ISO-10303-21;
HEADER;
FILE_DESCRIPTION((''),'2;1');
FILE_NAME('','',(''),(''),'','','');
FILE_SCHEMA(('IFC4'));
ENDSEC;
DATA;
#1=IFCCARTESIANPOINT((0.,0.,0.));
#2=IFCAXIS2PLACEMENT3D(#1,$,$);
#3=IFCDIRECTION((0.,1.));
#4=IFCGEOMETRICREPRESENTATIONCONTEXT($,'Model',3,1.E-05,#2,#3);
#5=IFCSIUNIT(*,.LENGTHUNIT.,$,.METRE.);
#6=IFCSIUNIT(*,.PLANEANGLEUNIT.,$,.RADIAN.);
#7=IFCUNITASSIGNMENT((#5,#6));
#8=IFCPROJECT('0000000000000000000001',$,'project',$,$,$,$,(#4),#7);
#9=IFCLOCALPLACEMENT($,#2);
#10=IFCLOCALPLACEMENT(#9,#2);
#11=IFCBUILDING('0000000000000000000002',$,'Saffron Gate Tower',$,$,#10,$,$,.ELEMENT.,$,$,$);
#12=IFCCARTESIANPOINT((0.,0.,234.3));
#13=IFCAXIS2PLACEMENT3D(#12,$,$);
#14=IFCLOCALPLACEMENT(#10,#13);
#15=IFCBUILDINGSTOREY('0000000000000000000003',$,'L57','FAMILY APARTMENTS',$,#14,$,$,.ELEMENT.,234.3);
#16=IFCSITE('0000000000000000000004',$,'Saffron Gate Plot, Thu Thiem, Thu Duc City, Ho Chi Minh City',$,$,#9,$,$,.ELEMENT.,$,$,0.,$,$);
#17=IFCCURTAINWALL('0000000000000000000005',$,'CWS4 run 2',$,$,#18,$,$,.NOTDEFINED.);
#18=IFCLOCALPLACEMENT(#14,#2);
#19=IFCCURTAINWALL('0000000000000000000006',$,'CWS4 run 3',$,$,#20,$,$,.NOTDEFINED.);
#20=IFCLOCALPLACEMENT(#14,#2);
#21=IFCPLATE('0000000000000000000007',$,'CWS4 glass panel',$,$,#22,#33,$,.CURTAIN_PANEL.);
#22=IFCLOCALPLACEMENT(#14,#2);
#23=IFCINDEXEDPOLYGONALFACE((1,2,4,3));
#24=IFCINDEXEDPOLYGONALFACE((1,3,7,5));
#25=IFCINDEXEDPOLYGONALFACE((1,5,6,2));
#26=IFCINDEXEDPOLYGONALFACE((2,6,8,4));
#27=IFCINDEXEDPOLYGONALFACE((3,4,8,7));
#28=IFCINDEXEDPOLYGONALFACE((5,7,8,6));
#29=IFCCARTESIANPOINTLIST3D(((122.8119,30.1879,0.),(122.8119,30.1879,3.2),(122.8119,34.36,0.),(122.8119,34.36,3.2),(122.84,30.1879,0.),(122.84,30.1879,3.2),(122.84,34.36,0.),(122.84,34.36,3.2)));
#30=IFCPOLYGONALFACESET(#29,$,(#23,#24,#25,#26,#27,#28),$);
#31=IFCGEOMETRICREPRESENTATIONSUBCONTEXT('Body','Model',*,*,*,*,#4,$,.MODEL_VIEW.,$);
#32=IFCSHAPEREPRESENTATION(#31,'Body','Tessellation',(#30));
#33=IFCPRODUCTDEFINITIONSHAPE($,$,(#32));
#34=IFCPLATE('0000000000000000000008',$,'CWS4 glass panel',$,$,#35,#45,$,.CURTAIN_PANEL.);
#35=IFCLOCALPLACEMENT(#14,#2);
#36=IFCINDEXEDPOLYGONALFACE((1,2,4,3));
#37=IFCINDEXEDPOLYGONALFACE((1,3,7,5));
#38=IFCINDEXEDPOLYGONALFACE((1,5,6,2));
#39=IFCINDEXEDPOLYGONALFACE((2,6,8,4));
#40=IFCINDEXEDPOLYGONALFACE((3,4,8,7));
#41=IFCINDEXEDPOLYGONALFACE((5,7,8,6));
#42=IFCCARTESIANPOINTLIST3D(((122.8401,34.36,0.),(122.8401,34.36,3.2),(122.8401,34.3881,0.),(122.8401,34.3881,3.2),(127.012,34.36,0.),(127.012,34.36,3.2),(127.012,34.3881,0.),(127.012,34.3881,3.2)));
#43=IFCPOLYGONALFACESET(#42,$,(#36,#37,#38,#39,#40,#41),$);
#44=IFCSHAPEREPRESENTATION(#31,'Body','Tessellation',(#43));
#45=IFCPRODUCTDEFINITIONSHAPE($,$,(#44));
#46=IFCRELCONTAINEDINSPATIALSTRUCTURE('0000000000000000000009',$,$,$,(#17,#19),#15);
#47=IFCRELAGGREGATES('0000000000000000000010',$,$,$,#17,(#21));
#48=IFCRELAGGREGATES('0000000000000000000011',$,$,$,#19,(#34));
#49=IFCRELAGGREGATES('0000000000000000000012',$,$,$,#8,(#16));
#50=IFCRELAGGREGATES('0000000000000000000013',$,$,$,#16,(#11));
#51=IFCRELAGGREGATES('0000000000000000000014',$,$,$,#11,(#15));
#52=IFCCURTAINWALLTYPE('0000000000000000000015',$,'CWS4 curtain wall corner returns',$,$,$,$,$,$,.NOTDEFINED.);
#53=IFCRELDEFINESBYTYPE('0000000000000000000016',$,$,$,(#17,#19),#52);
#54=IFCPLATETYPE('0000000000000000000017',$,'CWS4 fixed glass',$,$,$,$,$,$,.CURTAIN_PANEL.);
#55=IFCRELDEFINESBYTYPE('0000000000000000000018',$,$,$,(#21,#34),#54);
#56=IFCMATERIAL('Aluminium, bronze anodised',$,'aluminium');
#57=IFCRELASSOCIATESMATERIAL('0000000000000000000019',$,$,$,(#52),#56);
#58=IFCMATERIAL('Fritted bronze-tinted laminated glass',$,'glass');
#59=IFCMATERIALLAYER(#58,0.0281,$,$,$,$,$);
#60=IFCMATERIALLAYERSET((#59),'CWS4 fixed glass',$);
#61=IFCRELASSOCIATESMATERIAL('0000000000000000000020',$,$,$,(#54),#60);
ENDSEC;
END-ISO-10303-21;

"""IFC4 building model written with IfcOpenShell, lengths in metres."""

from ifc_helpers import new_model, si_unit, direction, frame, frame_2d, origin, place, context, subcontext, project, spatial, rectangle, extrude, material, layer, layer_set, type_object, element, aggregate, save


model = new_model("IFC4")

# Units and contexts
model_context = context("Model", 3, precision=1e-05, world=origin(), true_north=direction((0.0, 1.0)))
body_context = subcontext(model_context, "Body", "Model", "MODEL_VIEW")
ifc_project = project(units=[si_unit("LENGTHUNIT", "METRE"), si_unit("PLANEANGLEUNIT", "RADIAN")], contexts=[model_context])

# Site, building, storey
site_placement = place(None, origin())
site = spatial("IfcSite", under=ifc_project, at=site_placement, Name="Saffron Gate Plot, Thu Thiem, Thu Duc City, Ho Chi Minh City", CompositionType="ELEMENT", RefElevation=0.0)
building_placement = place(site_placement, origin())
building = spatial("IfcBuilding", under=site, at=building_placement, Name="Saffron Gate Tower", CompositionType="ELEMENT")
storey_placement = place(building_placement, frame((0.0, 0.0, 234.3)))
storey = spatial("IfcBuildingStorey", under=building, at=storey_placement, Name="L57", Description="FAMILY APARTMENTS", CompositionType="ELEMENT", Elevation=234.3)

# Shared definitions
ifc_material_1 = material(Name="Aluminium, bronze anodised", Category="aluminium")

# Curtain walls
curtain_wall_type_1 = type_object("IfcCurtainWallType", Name="CWS4 curtain wall corner returns", PredefinedType="NOTDEFINED", material=ifc_material_1)
curtain_wall_1_placement = place(storey_placement, origin())
curtain_wall_1 = element("IfcCurtainWall", 1, at=curtain_wall_1_placement, inside=storey, type_object=curtain_wall_type_1, Name="CWS4 run 2", PredefinedType="NOTDEFINED")
curtain_wall_2_placement = place(storey_placement, origin())
curtain_wall_2 = element("IfcCurtainWall", 2, at=curtain_wall_2_placement, inside=storey, type_object=curtain_wall_type_1, Name="CWS4 run 3", PredefinedType="NOTDEFINED")

# Shared definitions
ifc_material_2 = material(Name="Fritted bronze-tinted laminated glass", Category="glass")

# Plates
ifc_layer_1 = layer(ifc_material_2, 0.0281)
ifc_layer_set_1 = layer_set([ifc_layer_1], Name="CWS4 fixed glass")
plate_type_1 = type_object("IfcPlateType", Name="CWS4 fixed glass", PredefinedType="CURTAIN_PANEL", material=ifc_layer_set_1)
plate_1_placement = place(storey_placement, frame((122.8259, 30.188, 0.0), z_axis=(0.0, 0.0, 1.0), x_axis=(0.0, 1.0, 0.0)))
plate_1 = element("IfcPlate", 3, at=plate_1_placement, type_object=plate_type_1, Name="CWS4 glass panel", PredefinedType="CURTAIN_PANEL", context=body_context, shape_type="SweptSolid", body=[
    extrude(rectangle(XDim=4.1721, YDim=0.0281, at=frame_2d((2.0859, 0.0))), origin(), (0.0, 0.0, 1.0), 3.2),
])
aggregate(curtain_wall_1, [plate_1])
plate_2_placement = place(storey_placement, frame((122.8401, 34.374, 0.0), z_axis=(0.0, 0.0, 1.0), x_axis=(1.0, 0.0, 0.0)))
plate_2 = element("IfcPlate", 4, at=plate_2_placement, type_object=plate_type_1, Name="CWS4 glass panel", PredefinedType="CURTAIN_PANEL", context=body_context, shape_type="SweptSolid", body=[
    extrude(rectangle(XDim=4.1719, YDim=0.0281, at=frame_2d((2.0859, 0.0))), origin(), (0.0, 0.0, 1.0), 3.2),
])
aggregate(curtain_wall_2, [plate_2])

save(model, "model.ifc")
